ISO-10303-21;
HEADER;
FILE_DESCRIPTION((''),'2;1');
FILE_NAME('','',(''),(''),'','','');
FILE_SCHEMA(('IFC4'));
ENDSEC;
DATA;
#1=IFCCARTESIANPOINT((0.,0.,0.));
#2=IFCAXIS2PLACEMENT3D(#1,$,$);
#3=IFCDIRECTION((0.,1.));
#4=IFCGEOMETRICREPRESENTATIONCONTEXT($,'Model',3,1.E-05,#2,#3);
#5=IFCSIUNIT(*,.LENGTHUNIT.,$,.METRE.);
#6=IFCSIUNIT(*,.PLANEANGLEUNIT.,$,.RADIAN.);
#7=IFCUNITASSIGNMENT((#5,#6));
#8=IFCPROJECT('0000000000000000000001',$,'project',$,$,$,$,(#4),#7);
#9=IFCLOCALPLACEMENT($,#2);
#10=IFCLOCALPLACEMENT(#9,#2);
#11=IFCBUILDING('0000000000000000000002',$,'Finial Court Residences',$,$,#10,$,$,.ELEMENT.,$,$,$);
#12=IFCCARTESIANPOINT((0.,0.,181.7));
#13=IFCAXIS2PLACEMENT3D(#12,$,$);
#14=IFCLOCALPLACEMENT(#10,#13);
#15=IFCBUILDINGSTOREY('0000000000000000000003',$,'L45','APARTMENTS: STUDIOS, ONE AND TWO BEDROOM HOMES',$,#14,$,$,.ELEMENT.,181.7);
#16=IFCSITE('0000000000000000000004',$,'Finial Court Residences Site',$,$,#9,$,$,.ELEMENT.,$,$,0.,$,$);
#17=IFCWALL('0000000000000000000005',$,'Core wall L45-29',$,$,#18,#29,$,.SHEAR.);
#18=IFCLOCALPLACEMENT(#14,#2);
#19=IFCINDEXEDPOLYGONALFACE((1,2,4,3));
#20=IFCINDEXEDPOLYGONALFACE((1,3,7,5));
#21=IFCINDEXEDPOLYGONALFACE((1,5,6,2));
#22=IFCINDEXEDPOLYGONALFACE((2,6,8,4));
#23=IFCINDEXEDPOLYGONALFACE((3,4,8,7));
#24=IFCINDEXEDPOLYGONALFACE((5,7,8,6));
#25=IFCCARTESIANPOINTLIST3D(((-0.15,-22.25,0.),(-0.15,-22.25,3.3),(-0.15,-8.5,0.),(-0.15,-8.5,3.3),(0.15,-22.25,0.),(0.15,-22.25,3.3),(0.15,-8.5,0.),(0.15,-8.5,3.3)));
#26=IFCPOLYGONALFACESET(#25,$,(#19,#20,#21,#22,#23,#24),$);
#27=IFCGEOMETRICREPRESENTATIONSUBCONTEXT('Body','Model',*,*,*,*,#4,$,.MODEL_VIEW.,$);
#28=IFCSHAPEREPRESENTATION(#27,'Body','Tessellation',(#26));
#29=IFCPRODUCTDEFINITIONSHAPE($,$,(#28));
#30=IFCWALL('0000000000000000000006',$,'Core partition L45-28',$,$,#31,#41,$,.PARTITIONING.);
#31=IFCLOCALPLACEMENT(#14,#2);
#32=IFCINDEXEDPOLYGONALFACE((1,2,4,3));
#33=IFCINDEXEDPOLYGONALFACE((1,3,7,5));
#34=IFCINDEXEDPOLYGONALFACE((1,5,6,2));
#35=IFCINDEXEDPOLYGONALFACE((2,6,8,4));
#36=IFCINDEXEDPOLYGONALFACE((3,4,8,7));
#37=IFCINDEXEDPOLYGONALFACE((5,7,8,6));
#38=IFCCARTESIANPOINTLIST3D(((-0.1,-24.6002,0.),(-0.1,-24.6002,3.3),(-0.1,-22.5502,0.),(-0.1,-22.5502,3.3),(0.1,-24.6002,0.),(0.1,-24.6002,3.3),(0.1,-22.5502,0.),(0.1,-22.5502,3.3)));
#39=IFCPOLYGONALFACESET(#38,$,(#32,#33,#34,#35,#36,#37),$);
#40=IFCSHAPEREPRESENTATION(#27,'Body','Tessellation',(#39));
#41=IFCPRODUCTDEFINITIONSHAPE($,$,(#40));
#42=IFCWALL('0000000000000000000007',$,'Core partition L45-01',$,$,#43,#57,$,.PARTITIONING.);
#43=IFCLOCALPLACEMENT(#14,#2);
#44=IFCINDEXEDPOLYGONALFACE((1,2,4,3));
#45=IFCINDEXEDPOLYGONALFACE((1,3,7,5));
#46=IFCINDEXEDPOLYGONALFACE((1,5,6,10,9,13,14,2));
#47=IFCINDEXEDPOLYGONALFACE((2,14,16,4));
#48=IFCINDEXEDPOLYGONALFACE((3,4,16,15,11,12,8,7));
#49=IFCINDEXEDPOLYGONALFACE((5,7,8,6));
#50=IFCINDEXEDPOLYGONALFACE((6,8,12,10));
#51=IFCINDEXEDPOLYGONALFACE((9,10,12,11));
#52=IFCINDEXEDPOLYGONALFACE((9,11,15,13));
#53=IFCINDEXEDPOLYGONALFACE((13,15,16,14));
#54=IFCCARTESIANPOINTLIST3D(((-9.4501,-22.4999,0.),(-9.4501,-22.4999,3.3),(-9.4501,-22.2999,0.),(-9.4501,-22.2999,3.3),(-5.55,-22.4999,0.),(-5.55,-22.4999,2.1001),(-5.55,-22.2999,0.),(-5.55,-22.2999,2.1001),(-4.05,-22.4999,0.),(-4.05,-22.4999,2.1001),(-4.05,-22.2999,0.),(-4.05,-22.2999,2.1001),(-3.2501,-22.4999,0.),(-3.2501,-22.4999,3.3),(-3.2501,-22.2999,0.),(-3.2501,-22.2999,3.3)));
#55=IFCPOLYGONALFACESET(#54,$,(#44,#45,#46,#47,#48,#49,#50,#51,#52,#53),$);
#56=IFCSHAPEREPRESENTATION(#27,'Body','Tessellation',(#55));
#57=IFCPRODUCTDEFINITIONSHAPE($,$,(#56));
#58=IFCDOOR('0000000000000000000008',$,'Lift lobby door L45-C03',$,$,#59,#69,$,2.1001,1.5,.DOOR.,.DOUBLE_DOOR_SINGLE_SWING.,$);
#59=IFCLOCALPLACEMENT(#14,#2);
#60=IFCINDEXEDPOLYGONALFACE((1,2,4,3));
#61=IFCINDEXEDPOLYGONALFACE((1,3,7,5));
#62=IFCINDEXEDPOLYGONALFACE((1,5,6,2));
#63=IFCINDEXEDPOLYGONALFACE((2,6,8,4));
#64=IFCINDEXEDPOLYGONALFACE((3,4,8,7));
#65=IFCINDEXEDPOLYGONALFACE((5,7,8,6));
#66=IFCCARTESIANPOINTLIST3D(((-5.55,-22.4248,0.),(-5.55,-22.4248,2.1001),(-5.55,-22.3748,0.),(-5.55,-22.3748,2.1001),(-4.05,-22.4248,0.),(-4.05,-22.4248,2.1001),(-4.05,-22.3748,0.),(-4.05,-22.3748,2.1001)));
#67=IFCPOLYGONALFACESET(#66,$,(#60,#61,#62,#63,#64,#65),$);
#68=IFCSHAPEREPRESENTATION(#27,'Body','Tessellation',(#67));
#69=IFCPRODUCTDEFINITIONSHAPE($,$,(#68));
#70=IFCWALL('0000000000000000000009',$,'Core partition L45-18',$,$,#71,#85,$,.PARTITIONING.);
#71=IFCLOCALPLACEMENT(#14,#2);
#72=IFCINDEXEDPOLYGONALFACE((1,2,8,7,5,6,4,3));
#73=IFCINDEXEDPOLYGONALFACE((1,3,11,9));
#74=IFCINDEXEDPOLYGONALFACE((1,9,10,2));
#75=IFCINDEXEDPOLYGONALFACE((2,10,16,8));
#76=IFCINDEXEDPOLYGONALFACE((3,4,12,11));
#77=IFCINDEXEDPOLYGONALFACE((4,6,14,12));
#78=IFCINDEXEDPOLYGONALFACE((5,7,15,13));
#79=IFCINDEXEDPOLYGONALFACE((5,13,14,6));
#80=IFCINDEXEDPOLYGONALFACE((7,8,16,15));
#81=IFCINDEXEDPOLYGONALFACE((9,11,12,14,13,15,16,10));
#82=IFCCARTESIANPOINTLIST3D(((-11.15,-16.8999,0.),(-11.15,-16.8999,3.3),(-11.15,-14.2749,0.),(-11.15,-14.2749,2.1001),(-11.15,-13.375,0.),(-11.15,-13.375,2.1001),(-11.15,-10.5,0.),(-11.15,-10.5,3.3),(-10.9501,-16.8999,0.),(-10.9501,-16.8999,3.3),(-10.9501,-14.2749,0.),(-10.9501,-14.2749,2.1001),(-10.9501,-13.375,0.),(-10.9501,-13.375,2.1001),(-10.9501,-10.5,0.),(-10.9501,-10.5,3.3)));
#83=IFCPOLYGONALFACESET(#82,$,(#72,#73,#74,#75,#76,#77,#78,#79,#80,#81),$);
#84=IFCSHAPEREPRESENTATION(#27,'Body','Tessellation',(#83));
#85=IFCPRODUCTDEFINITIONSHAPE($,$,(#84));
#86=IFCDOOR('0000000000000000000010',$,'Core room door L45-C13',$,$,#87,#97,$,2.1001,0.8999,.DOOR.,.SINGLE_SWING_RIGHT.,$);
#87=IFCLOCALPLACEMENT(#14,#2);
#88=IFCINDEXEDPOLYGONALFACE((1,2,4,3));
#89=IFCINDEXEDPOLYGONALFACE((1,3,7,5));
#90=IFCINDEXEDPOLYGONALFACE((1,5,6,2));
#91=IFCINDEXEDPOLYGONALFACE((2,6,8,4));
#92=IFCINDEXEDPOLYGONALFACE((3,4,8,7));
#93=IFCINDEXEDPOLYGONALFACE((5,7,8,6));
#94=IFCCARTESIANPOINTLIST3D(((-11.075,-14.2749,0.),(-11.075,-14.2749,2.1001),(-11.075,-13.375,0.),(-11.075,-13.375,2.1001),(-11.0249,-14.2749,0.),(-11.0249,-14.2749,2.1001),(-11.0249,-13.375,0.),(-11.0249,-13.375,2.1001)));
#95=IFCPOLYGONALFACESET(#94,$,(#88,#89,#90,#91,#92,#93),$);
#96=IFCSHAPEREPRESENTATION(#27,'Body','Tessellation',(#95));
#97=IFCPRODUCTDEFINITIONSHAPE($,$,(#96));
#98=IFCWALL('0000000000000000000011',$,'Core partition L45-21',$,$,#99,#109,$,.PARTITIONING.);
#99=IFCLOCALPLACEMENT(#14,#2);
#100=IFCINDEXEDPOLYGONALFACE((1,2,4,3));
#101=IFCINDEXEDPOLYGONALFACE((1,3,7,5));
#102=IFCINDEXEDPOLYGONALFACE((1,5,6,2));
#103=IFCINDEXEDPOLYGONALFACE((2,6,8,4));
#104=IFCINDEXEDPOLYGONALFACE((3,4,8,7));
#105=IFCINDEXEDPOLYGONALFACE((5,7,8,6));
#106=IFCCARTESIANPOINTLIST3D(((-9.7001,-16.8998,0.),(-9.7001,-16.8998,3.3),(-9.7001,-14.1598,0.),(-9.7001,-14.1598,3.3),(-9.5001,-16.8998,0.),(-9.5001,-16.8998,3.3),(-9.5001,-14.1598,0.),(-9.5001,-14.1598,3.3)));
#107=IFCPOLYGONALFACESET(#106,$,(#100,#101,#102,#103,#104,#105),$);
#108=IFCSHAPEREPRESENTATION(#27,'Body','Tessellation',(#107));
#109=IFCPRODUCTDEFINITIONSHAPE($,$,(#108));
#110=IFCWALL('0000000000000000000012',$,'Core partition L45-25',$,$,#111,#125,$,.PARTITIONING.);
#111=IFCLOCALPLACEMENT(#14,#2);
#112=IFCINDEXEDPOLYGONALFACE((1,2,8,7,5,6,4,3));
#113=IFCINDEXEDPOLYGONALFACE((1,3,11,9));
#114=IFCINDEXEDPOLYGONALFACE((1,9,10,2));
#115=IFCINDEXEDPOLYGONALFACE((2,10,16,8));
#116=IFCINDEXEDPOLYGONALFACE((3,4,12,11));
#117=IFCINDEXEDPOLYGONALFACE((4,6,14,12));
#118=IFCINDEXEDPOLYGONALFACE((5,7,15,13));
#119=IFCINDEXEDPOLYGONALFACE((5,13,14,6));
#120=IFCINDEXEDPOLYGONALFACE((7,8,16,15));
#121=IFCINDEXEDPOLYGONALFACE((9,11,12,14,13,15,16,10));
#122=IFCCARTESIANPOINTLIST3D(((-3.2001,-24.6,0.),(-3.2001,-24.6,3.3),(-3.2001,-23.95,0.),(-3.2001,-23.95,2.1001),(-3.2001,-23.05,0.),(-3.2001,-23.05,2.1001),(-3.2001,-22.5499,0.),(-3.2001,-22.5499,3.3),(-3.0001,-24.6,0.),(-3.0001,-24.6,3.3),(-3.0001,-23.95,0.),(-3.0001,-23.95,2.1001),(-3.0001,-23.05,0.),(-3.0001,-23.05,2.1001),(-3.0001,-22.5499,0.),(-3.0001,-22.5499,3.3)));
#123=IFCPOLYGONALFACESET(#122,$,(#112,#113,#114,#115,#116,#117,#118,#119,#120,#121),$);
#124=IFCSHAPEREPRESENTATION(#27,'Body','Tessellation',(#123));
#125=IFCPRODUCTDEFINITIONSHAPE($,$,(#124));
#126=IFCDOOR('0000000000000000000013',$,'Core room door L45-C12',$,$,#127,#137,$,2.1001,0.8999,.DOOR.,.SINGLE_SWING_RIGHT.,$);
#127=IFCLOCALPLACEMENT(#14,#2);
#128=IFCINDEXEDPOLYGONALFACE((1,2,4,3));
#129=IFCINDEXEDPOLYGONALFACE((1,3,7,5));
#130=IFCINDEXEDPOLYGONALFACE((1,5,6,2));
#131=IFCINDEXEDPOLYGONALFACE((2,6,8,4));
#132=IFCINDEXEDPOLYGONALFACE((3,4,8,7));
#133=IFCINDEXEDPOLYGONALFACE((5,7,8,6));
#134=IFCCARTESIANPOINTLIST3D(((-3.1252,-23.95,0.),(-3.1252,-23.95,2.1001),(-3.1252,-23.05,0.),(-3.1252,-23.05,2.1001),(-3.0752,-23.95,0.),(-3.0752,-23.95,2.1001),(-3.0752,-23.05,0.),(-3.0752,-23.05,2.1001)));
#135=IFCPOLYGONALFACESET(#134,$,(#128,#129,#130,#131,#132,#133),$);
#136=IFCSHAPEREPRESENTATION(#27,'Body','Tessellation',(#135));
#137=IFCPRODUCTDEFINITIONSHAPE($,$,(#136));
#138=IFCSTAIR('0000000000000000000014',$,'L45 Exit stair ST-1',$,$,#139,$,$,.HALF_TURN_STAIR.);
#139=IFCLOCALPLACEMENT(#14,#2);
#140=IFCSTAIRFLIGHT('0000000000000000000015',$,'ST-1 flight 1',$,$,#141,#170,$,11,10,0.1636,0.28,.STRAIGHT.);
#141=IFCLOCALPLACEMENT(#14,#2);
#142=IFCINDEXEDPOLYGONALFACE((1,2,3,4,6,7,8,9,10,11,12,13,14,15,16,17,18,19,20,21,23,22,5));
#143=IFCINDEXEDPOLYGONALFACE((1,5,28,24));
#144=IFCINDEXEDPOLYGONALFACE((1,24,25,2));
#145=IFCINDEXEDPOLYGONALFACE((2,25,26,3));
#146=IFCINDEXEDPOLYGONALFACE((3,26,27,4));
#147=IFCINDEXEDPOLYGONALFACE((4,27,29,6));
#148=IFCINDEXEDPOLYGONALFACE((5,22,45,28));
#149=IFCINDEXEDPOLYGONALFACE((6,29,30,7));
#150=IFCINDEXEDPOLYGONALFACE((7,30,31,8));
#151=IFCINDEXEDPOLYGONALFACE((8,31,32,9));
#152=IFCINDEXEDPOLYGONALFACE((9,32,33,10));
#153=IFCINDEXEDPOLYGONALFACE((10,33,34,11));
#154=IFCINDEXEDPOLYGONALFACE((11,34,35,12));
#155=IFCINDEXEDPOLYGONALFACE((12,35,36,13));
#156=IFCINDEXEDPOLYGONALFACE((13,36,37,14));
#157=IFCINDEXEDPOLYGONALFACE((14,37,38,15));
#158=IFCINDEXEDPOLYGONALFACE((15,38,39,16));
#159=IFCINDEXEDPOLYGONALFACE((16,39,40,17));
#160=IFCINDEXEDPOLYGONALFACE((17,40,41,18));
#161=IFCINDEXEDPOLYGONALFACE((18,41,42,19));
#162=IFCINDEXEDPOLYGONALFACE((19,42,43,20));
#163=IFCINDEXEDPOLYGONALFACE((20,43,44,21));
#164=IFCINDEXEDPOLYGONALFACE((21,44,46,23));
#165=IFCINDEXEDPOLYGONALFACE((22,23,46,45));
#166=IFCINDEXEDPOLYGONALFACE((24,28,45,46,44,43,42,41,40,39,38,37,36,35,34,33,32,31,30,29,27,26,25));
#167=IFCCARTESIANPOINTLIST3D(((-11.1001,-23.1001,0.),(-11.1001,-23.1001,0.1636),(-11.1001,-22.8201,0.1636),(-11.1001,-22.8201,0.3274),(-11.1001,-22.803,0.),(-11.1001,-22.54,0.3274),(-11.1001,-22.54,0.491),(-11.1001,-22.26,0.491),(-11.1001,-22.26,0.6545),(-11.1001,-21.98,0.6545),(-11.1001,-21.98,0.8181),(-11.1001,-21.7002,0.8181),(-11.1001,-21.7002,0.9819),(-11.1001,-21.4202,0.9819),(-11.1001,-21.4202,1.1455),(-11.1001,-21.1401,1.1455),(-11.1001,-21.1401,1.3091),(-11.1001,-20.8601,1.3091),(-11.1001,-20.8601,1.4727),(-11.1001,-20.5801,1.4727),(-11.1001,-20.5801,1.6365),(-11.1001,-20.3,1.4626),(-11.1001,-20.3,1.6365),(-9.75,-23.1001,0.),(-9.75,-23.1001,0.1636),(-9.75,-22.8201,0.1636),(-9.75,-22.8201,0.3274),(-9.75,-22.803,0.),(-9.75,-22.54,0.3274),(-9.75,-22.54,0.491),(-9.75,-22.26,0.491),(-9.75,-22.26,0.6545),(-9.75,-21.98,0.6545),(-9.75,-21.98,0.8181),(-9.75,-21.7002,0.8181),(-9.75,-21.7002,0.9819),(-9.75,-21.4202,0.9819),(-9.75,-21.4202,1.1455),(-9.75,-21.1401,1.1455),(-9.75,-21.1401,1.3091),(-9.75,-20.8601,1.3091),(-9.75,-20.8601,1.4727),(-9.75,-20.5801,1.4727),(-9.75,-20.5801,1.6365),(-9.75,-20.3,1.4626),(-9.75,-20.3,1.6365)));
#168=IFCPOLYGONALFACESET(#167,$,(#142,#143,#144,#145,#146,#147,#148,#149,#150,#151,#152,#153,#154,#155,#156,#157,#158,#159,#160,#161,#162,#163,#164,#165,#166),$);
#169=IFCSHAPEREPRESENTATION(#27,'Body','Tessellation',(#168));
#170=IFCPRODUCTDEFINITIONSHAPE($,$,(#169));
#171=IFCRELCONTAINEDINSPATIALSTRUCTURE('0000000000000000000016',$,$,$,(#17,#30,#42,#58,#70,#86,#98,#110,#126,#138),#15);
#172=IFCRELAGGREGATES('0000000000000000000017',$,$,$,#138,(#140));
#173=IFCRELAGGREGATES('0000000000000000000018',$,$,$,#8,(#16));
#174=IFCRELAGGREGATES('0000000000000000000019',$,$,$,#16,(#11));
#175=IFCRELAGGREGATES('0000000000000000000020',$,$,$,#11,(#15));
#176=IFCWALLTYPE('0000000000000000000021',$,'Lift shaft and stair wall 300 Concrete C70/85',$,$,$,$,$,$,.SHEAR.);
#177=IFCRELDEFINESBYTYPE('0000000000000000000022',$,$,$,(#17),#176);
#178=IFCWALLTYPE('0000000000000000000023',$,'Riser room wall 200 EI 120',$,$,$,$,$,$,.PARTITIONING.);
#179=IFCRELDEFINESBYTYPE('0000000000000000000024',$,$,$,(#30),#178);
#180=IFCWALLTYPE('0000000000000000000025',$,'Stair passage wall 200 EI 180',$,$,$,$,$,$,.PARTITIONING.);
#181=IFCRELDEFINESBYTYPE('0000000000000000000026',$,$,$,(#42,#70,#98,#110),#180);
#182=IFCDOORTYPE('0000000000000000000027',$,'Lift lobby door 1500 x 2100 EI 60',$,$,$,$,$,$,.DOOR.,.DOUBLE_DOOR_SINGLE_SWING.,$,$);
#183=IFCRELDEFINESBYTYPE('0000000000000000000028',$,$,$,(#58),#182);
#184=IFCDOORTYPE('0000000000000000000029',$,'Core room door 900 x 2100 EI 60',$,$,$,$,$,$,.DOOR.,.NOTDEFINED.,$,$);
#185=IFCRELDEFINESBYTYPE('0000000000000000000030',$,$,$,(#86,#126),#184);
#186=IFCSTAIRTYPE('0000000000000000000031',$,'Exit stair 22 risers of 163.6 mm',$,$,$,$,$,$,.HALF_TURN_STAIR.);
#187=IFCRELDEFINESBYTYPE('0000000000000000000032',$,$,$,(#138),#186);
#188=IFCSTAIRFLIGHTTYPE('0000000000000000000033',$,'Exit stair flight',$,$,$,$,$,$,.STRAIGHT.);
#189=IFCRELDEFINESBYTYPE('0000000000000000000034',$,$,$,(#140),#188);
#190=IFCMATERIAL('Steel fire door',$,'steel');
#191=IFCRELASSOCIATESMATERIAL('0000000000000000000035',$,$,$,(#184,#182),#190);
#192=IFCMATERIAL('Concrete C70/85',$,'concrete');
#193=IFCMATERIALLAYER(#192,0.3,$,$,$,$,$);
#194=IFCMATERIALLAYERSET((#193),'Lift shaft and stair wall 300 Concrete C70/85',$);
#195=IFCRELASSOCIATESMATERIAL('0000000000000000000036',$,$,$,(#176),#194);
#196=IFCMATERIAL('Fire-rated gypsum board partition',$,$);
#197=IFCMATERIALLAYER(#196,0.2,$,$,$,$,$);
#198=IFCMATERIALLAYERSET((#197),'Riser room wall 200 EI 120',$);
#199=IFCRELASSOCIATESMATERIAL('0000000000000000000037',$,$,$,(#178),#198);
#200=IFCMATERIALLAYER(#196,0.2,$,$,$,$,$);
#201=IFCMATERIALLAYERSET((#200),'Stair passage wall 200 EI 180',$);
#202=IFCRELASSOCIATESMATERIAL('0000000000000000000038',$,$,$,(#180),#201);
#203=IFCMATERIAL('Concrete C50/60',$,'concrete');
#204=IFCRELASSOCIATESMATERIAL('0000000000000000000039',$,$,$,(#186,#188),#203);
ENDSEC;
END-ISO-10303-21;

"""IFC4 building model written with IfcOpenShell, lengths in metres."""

from ifc_helpers import new_model, si_unit, direction, frame, frame_2d, origin, place, context, subcontext, project, spatial, polyline, rectangle, outline, extrude, material, layer, layer_set, type_object, element, fill, aggregate, save


model = new_model("IFC4")

# Units and contexts
model_context = context("Model", 3, precision=1e-05, world=origin(), true_north=direction((0.0, 1.0)))
body_context = subcontext(model_context, "Body", "Model", "MODEL_VIEW")
ifc_project = project(units=[si_unit("LENGTHUNIT", "METRE"), si_unit("PLANEANGLEUNIT", "RADIAN")], contexts=[model_context])

# Site, building, storey
site_placement = place(None, origin())
site = spatial("IfcSite", under=ifc_project, at=site_placement, Name="Finial Court Residences Site", CompositionType="ELEMENT", RefElevation=0.0)
building_placement = place(site_placement, origin())
building = spatial("IfcBuilding", under=site, at=building_placement, Name="Finial Court Residences", CompositionType="ELEMENT")
storey_placement = place(building_placement, frame((0.0, 0.0, 181.7)))
storey = spatial("IfcBuildingStorey", under=building, at=storey_placement, Name="L45", Description="APARTMENTS: STUDIOS, ONE AND TWO BEDROOM HOMES", CompositionType="ELEMENT", Elevation=181.7)

# Shared definitions
ifc_material_1 = material(Name="Fire-rated gypsum board partition")

# Shared definitions
ifc_material_2 = material(Name="Steel fire door", Category="steel")
door_type_1 = type_object("IfcDoorType", Name="Core room door 900 x 2100 EI 60", OperationType="NOTDEFINED", PredefinedType="DOOR", material=ifc_material_2)

# Shared definitions
ifc_material_3 = material(Name="Concrete C70/85", Category="concrete")
ifc_layer_1 = layer(ifc_material_3, 0.3)
ifc_layer_set_1 = layer_set([ifc_layer_1], Name="Lift shaft and stair wall 300 Concrete C70/85")
wall_type_1 = type_object("IfcWallType", Name="Lift shaft and stair wall 300 Concrete C70/85", PredefinedType="SHEAR", material=ifc_layer_set_1)

# Walls
wall_1_placement = place(storey_placement, frame((0.0, -22.25, 0.0), z_axis=(0.0, 0.0, 1.0), x_axis=(0.0, 1.0, 0.0)))
element("IfcWall", 1, at=wall_1_placement, inside=storey, type_object=wall_type_1, Name="Core wall L45-29", PredefinedType="SHEAR", context=body_context, shape_type="SweptSolid", body=[
    extrude(rectangle(XDim=13.75, YDim=0.3, at=frame_2d((6.875, 0.0))), origin(), (0.0, 0.0, 1.0), 3.3),
])
ifc_layer_2 = layer(ifc_material_1, 0.2)
ifc_layer_set_2 = layer_set([ifc_layer_2], Name="Riser room wall 200 EI 120")
wall_type_2 = type_object("IfcWallType", Name="Riser room wall 200 EI 120", PredefinedType="PARTITIONING", material=ifc_layer_set_2)
wall_2_placement = place(storey_placement, frame((0.0, -24.6001, 0.0), z_axis=(0.0, 0.0, 1.0), x_axis=(0.0, 1.0, 0.0)))
element("IfcWall", 2, at=wall_2_placement, inside=storey, type_object=wall_type_2, Name="Core partition L45-28", PredefinedType="PARTITIONING", context=body_context, shape_type="SweptSolid", body=[
    extrude(rectangle(XDim=2.05, YDim=0.2, at=frame_2d((1.0249, 0.0))), origin(), (0.0, 0.0, 1.0), 3.3),
])

# Walls, openings, doors
ifc_layer_3 = layer(ifc_material_1, 0.2)
ifc_layer_set_3 = layer_set([ifc_layer_3], Name="Stair passage wall 200 EI 180")
wall_type_3 = type_object("IfcWallType", Name="Stair passage wall 200 EI 180", PredefinedType="PARTITIONING", material=ifc_layer_set_3)
wall_3_placement = place(storey_placement, frame((-3.25, -22.3999, 0.0), z_axis=(0.0, 0.0, 1.0), x_axis=(-1.0, 0.0, 0.0)))
wall_3 = element("IfcWall", 3, at=wall_3_placement, inside=storey, type_object=wall_type_3, Name="Core partition L45-01", PredefinedType="PARTITIONING", context=body_context, shape_type="SweptSolid", body=[
    extrude(rectangle(XDim=6.2, YDim=0.2, at=frame_2d((3.1001, 0.0))), origin(), (0.0, 0.0, 1.0), 3.3),
])
opening_1_placement = place(wall_3_placement, frame((0.8, 0.0, 0.0)))
opening_1 = element("IfcOpeningElement", 4, at=opening_1_placement, cuts=wall_3, PredefinedType="OPENING", context=body_context, shape_type="SweptSolid", body=[
    extrude(rectangle(XDim=1.5, YDim=2.1001, at=frame_2d((0.75, 1.05))), frame((0.0, 0.1099, 0.0), z_axis=(0.0, -1.0, 0.0), x_axis=(1.0, 0.0, 0.0)), (0.0, 0.0, 1.0), 0.22),
])
door_type_2 = type_object("IfcDoorType", Name="Lift lobby door 1500 x 2100 EI 60", OperationType="DOUBLE_DOOR_SINGLE_SWING", PredefinedType="DOOR", material=ifc_material_2)
door_1_placement = place(opening_1_placement, origin())
door_1 = element("IfcDoor", 5, at=door_1_placement, inside=storey, type_object=door_type_2, Name="Lift lobby door L45-C03", OperationType="DOUBLE_DOOR_SINGLE_SWING", OverallHeight=2.1001, OverallWidth=1.5, PredefinedType="DOOR", context=body_context, shape_type="SweptSolid", body=[
    extrude(rectangle(XDim=1.5, YDim=2.1001, at=frame_2d((0.75, 1.05))), frame((0.0, 0.0249, 0.0), z_axis=(0.0, -1.0, 0.0), x_axis=(1.0, 0.0, 0.0)), (0.0, 0.0, 1.0), 0.05),
])
fill(opening_1, door_1)
wall_4_placement = place(storey_placement, frame((-11.05, -16.8999, 0.0), z_axis=(0.0, 0.0, 1.0), x_axis=(0.0, 1.0, 0.0)))
wall_4 = element("IfcWall", 6, at=wall_4_placement, inside=storey, type_object=wall_type_3, Name="Core partition L45-18", PredefinedType="PARTITIONING", context=body_context, shape_type="SweptSolid", body=[
    extrude(rectangle(XDim=6.3999, YDim=0.2, at=frame_2d((3.2, 0.0))), origin(), (0.0, 0.0, 1.0), 3.3),
])
opening_2_placement = place(wall_4_placement, frame((2.625, 0.0, 0.0)))
opening_2 = element("IfcOpeningElement", 7, at=opening_2_placement, cuts=wall_4, PredefinedType="OPENING", context=body_context, shape_type="SweptSolid", body=[
    extrude(rectangle(XDim=0.8999, YDim=2.1001, at=frame_2d((0.45, 1.05))), frame((0.0, 0.1099, 0.0), z_axis=(0.0, -1.0, 0.0), x_axis=(1.0, 0.0, 0.0)), (0.0, 0.0, 1.0), 0.22),
])
door_2_placement = place(opening_2_placement, origin())
door_2 = element("IfcDoor", 8, at=door_2_placement, inside=storey, type_object=door_type_1, Name="Core room door L45-C13", OperationType="SINGLE_SWING_RIGHT", OverallHeight=2.1001, OverallWidth=0.8999, PredefinedType="DOOR", context=body_context, shape_type="SweptSolid", body=[
    extrude(rectangle(XDim=0.8999, YDim=2.1001, at=frame_2d((0.45, 1.05))), frame((0.0, 0.0249, 0.0), z_axis=(0.0, -1.0, 0.0), x_axis=(1.0, 0.0, 0.0)), (0.0, 0.0, 1.0), 0.05),
])
fill(opening_2, door_2)

# Wall
wall_5_placement = place(storey_placement, frame((-9.6001, -16.8999, 0.0), z_axis=(0.0, 0.0, 1.0), x_axis=(0.0, 1.0, 0.0)))
element("IfcWall", 9, at=wall_5_placement, inside=storey, type_object=wall_type_3, Name="Core partition L45-21", PredefinedType="PARTITIONING", context=body_context, shape_type="SweptSolid", body=[
    extrude(rectangle(XDim=2.74, YDim=0.2, at=frame_2d((1.3701, 0.0))), origin(), (0.0, 0.0, 1.0), 3.3),
])

# Wall, opening, door
wall_6_placement = place(storey_placement, frame((-3.1001, -22.55, 0.0), z_axis=(0.0, 0.0, 1.0), x_axis=(0.0, -1.0, 0.0)))
wall_6 = element("IfcWall", 10, at=wall_6_placement, inside=storey, type_object=wall_type_3, Name="Core partition L45-25", PredefinedType="PARTITIONING", context=body_context, shape_type="SweptSolid", body=[
    extrude(rectangle(XDim=2.05, YDim=0.2, at=frame_2d((1.0249, 0.0))), origin(), (0.0, 0.0, 1.0), 3.3),
])
opening_3_placement = place(wall_6_placement, frame((0.5, 0.0, 0.0)))
opening_3 = element("IfcOpeningElement", 11, at=opening_3_placement, cuts=wall_6, PredefinedType="OPENING", context=body_context, shape_type="SweptSolid", body=[
    extrude(rectangle(XDim=0.8999, YDim=2.1001, at=frame_2d((0.45, 1.05))), frame((0.0, 0.1099, 0.0), z_axis=(0.0, -1.0, 0.0), x_axis=(1.0, 0.0, 0.0)), (0.0, 0.0, 1.0), 0.22),
])
door_3_placement = place(opening_3_placement, origin())
door_3 = element("IfcDoor", 12, at=door_3_placement, inside=storey, type_object=door_type_1, Name="Core room door L45-C12", OperationType="SINGLE_SWING_RIGHT", OverallHeight=2.1001, OverallWidth=0.8999, PredefinedType="DOOR", context=body_context, shape_type="SweptSolid", body=[
    extrude(rectangle(XDim=0.8999, YDim=2.1001, at=frame_2d((0.45, 1.05))), frame((0.0, 0.0249, 0.0), z_axis=(0.0, -1.0, 0.0), x_axis=(1.0, 0.0, 0.0)), (0.0, 0.0, 1.0), 0.05),
])
fill(opening_3, door_3)

# Stair, stair flight
ifc_material_4 = material(Name="Concrete C50/60", Category="concrete")
stair_type = type_object("IfcStairType", Name="Exit stair 22 risers of 163.6 mm", PredefinedType="HALF_TURN_STAIR", material=ifc_material_4)
stair_placement = place(storey_placement, origin())
stair = element("IfcStair", 13, at=stair_placement, inside=storey, type_object=stair_type, Name="L45 Exit stair ST-1", PredefinedType="HALF_TURN_STAIR")
stair_flight_type = type_object("IfcStairFlightType", Name="Exit stair flight", PredefinedType="STRAIGHT", material=ifc_material_4)
stair_flight_1_placement = place(storey_placement, frame((-10.425, -23.1001, 0.0), z_axis=(0.0, 0.0, 1.0), x_axis=(0.0, 1.0, 0.0)))
stair_flight_1 = element("IfcStairFlight", 14, at=stair_flight_1_placement, type_object=stair_flight_type, Name="ST-1 flight 1", NumberOfRisers=11, NumberOfTreads=10, PredefinedType="STRAIGHT", RiserHeight=0.1636, TreadLength=0.28, context=body_context, shape_type="SweptSolid", body=[
    extrude(outline(polyline([(0.0, 0.0), (0.0, 0.1636), (0.28, 0.1636), (0.28, 0.3274), (0.5601, 0.3274), (0.5601, 0.491), (0.8401, 0.491), (0.8401, 0.6545), (1.1201, 0.6545), (1.1201, 0.8181), (1.3999, 0.8181), (1.3999, 0.9819), (1.6799, 0.9819), (1.6799, 1.1455), (1.96, 1.1455), (1.96, 1.3091), (2.24, 1.3091), (2.24, 1.4727), (2.52, 1.4727), (2.52, 1.6365), (2.8, 1.6365), (2.8, 1.8), (2.8, 1.4626), (0.2971, 0.0), (0.0, 0.0)])), frame((0.0, 0.675, 0.0), z_axis=(0.0, -1.0, 0.0), x_axis=(1.0, 0.0, 0.0)), (0.0, 0.0, 1.0), 1.3501),
])
aggregate(stair, [stair_flight_1])

save(model, "model.ifc")
